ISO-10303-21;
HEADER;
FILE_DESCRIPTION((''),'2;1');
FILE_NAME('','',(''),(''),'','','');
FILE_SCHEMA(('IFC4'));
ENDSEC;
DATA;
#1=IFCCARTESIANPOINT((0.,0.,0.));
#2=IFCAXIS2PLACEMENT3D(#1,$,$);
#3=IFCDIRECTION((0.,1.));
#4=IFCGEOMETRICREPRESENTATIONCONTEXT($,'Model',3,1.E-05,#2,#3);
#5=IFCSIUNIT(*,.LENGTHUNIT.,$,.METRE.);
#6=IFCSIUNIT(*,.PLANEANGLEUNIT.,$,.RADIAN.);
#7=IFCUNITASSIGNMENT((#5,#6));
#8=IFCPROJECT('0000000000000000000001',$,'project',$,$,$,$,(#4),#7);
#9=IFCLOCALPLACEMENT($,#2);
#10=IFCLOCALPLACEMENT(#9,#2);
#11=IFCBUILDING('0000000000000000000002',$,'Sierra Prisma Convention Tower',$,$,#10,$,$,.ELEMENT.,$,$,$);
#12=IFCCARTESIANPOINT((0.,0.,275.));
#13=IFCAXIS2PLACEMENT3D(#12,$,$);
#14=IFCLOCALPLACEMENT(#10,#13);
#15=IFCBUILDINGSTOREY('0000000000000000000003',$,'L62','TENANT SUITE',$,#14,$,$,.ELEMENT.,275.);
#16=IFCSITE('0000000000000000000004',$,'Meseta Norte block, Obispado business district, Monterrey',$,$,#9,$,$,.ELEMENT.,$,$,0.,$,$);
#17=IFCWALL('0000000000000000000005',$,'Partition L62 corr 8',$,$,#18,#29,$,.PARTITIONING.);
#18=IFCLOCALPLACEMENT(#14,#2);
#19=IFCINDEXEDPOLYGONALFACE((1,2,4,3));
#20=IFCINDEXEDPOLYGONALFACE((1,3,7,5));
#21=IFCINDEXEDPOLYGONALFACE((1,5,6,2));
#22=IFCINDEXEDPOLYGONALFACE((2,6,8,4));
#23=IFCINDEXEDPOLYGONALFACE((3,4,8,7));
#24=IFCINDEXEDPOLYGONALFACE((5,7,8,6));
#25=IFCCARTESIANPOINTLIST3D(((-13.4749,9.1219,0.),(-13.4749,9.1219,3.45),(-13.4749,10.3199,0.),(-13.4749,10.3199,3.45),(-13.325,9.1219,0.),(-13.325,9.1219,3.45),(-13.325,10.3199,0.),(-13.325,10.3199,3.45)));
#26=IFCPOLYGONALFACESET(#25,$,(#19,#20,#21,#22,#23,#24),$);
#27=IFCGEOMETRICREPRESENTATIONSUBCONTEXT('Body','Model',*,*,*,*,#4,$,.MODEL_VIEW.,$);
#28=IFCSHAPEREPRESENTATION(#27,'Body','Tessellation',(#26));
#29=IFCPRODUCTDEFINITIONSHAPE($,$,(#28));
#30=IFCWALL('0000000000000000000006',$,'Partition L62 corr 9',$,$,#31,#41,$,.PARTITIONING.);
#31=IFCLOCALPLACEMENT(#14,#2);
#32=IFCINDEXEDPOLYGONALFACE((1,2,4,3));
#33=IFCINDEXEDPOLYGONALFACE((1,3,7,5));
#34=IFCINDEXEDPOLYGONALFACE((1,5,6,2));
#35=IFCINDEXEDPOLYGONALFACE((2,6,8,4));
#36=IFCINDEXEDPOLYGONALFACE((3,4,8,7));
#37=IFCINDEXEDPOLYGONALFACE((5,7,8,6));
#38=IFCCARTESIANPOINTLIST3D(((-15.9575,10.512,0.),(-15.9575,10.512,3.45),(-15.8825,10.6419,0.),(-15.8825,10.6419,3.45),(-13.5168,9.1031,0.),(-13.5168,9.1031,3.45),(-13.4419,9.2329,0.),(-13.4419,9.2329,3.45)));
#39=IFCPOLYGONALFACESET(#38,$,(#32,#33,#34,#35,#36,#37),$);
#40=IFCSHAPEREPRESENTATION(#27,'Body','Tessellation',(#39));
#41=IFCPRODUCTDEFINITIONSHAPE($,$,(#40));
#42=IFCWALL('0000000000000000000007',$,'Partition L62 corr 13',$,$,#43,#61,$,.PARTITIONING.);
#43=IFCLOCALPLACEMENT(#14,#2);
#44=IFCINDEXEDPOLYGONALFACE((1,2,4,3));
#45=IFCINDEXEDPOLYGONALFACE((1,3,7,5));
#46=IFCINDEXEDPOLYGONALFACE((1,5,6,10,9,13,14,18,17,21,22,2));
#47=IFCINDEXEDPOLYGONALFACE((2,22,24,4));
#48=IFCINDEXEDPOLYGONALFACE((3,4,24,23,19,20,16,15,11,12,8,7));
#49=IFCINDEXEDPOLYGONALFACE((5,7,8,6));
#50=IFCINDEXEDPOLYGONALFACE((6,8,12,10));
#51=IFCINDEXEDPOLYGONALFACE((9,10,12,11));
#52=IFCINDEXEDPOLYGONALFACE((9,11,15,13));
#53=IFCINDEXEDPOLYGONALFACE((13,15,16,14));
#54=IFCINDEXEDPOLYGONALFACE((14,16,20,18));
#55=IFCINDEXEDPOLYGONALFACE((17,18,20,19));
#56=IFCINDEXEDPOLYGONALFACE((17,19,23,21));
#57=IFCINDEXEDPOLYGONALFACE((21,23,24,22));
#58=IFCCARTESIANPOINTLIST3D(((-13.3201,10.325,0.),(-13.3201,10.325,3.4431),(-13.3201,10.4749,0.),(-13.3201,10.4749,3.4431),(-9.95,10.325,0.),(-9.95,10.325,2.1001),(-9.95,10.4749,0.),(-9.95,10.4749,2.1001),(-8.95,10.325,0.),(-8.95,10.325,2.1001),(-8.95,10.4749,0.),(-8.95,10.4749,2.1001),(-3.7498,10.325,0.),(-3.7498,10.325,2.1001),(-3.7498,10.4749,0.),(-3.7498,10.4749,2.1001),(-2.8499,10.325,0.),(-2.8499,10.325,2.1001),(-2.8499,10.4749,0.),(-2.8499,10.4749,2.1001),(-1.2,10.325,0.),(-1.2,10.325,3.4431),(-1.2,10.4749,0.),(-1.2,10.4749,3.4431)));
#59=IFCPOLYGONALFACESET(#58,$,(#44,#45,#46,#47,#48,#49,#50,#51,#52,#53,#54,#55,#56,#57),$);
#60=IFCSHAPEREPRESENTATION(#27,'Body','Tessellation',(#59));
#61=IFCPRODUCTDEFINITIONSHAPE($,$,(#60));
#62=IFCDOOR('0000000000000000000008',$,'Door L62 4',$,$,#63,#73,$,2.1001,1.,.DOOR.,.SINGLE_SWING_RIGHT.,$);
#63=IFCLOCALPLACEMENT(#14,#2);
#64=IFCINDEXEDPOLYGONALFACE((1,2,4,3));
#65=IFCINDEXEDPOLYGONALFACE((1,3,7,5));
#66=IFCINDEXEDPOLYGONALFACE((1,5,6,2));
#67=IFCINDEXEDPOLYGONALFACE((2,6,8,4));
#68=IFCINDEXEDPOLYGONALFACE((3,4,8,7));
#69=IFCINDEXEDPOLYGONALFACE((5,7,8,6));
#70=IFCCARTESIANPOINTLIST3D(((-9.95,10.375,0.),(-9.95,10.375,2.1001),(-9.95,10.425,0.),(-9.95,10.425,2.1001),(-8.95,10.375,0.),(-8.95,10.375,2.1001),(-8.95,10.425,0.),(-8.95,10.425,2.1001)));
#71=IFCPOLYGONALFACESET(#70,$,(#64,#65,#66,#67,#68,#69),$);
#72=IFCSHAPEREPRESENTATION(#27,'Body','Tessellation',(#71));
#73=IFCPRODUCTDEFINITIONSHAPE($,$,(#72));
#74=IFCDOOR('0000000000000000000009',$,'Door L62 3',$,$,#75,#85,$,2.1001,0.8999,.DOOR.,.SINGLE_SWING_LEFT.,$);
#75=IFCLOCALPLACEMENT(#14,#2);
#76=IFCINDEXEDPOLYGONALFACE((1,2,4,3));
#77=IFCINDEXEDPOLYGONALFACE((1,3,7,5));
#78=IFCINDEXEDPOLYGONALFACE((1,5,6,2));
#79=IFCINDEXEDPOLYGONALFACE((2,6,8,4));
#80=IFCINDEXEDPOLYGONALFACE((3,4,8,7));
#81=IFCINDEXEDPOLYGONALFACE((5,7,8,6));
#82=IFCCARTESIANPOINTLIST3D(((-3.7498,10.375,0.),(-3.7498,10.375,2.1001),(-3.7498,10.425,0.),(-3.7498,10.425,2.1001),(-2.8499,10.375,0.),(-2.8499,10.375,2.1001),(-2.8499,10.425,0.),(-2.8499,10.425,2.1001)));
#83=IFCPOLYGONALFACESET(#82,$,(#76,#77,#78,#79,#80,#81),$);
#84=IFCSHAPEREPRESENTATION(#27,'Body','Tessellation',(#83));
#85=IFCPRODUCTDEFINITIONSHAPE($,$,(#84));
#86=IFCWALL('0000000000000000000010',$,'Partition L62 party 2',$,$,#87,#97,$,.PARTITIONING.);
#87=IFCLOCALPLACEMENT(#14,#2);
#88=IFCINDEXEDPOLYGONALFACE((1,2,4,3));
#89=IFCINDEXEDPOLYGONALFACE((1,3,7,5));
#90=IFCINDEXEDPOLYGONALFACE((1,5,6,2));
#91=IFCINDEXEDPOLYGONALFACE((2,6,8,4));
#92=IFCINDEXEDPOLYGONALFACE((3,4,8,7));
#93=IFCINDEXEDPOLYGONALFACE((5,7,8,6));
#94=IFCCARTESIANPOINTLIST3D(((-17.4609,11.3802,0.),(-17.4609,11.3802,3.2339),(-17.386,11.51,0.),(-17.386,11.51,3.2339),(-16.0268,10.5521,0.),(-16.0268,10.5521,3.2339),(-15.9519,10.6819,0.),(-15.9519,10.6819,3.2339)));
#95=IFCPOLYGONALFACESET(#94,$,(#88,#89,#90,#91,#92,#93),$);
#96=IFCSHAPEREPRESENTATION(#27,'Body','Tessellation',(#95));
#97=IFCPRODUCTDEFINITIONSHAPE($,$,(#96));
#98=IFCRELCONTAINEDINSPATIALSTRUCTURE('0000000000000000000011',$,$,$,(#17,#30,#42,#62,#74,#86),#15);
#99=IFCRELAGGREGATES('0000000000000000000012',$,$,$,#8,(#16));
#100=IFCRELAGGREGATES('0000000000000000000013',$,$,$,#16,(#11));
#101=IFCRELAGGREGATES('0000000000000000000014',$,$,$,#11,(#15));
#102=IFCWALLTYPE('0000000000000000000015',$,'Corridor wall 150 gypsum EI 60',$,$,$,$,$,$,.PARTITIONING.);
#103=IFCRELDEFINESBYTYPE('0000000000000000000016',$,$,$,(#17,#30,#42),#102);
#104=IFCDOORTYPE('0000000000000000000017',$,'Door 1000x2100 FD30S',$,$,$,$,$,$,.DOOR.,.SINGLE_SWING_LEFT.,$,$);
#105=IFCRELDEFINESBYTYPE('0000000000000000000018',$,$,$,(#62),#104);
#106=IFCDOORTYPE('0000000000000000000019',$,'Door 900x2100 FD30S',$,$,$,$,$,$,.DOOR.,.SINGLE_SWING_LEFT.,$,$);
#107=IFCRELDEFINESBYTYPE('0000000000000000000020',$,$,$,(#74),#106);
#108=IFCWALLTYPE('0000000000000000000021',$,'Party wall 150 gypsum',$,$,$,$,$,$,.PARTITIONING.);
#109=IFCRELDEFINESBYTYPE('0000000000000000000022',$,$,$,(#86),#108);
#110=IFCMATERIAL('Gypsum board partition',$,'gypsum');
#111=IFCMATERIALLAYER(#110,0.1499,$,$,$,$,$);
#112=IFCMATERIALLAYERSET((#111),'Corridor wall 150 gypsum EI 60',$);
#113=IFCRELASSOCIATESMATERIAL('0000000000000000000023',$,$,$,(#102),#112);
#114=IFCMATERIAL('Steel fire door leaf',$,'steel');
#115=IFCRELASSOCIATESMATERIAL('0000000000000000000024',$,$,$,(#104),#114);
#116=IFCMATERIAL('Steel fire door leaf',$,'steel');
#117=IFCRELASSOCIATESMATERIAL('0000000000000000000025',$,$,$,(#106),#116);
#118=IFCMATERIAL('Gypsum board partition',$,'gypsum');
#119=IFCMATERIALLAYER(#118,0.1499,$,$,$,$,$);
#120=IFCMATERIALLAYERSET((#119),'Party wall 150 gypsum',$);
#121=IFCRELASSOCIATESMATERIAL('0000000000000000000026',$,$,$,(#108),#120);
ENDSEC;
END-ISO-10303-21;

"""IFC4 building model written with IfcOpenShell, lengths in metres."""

from ifc_helpers import new_model, si_unit, direction, frame, frame_2d, origin, place, context, subcontext, project, spatial, rectangle, extrude, material, layer, layer_set, type_object, element, fill, save


model = new_model("IFC4")

# Units and contexts
model_context = context("Model", 3, precision=1e-05, world=origin(), true_north=direction((0.0, 1.0)))
body_context = subcontext(model_context, "Body", "Model", "MODEL_VIEW")
ifc_project = project(units=[si_unit("LENGTHUNIT", "METRE"), si_unit("PLANEANGLEUNIT", "RADIAN")], contexts=[model_context])

# Site, building, storey
site_placement = place(None, origin())
site = spatial("IfcSite", under=ifc_project, at=site_placement, Name="Meseta Norte block, Obispado business district, Monterrey", CompositionType="ELEMENT", RefElevation=0.0)
building_placement = place(site_placement, origin())
building = spatial("IfcBuilding", under=site, at=building_placement, Name="Sierra Prisma Convention Tower", CompositionType="ELEMENT")
storey_placement = place(building_placement, frame((0.0, 0.0, 275.0)))
storey = spatial("IfcBuildingStorey", under=building, at=storey_placement, Name="L62", Description="TENANT SUITE", CompositionType="ELEMENT", Elevation=275.0)

# Walls
ifc_material_1 = material(Name="Gypsum board partition", Category="gypsum")
ifc_layer_1 = layer(ifc_material_1, 0.1499)
ifc_layer_set_1 = layer_set([ifc_layer_1], Name="Corridor wall 150 gypsum EI 60")
wall_type_1 = type_object("IfcWallType", Name="Corridor wall 150 gypsum EI 60", PredefinedType="PARTITIONING", material=ifc_layer_set_1)
wall_1_placement = place(storey_placement, frame((-13.3999, 10.3201, 0.0), z_axis=(0.0, 0.0, 1.0), x_axis=(0.0, -1.0, 0.0)))
element("IfcWall", 1, at=wall_1_placement, inside=storey, type_object=wall_type_1, Name="Partition L62 corr 8", PredefinedType="PARTITIONING", context=body_context, shape_type="SweptSolid", body=[
    extrude(rectangle(XDim=1.198, YDim=0.1499, at=frame_2d((0.5991, 0.0))), origin(), (0.0, 0.0, 1.0), 3.45),
])
wall_2_placement = place(storey_placement, frame((-13.4792, 9.168, 0.0), z_axis=(0.0, 0.0, 1.0), x_axis=(-0.866054, 0.49995, 0.0)))
element("IfcWall", 2, at=wall_2_placement, inside=storey, type_object=wall_type_1, Name="Partition L62 corr 9", PredefinedType="PARTITIONING", context=body_context, shape_type="SweptSolid", body=[
    extrude(rectangle(XDim=2.8181, YDim=0.1499, at=frame_2d((1.4092, 0.0))), origin(), (0.0, 0.0, 1.0), 3.45),
])

# Wall, openings, doors
wall_3_placement = place(storey_placement, frame((-1.2, 10.3999, 0.0), z_axis=(0.0, 0.0, 1.0), x_axis=(-1.0, 0.0, 0.0)))
wall_3 = element("IfcWall", 3, at=wall_3_placement, inside=storey, type_object=wall_type_1, Name="Partition L62 corr 13", PredefinedType="PARTITIONING", context=body_context, shape_type="SweptSolid", body=[
    extrude(rectangle(XDim=12.1201, YDim=0.1499, at=frame_2d((6.0601, 0.0))), origin(), (0.0, 0.0, 1.0), 3.4431),
])
opening_1_placement = place(wall_3_placement, frame((1.6499, 0.0, 0.0)))
opening_1 = element("IfcOpeningElement", 4, at=opening_1_placement, cuts=wall_3, PredefinedType="OPENING", context=body_context, shape_type="SweptSolid", body=[
    extrude(rectangle(XDim=0.8999, YDim=2.1001, at=frame_2d((0.45, 1.05))), frame((0.0, 0.075, 0.0), z_axis=(0.0, -1.0, 0.0), x_axis=(1.0, 0.0, 0.0)), (0.0, 0.0, 1.0), 0.1499),
])
opening_2_placement = place(wall_3_placement, frame((7.75, 0.0, 0.0)))
opening_2 = element("IfcOpeningElement", 5, at=opening_2_placement, cuts=wall_3, PredefinedType="OPENING", context=body_context, shape_type="SweptSolid", body=[
    extrude(rectangle(XDim=1.0, YDim=2.1001, at=frame_2d((0.5, 1.05))), frame((0.0, 0.075, 0.0), z_axis=(0.0, -1.0, 0.0), x_axis=(1.0, 0.0, 0.0)), (0.0, 0.0, 1.0), 0.1499),
])
ifc_material_2 = material(Name="Steel fire door leaf", Category="steel")
door_type_1 = type_object("IfcDoorType", Name="Door 1000x2100 FD30S", OperationType="SINGLE_SWING_LEFT", PredefinedType="DOOR", material=ifc_material_2)
door_1_placement = place(opening_2_placement, origin())
door_1 = element("IfcDoor", 6, at=door_1_placement, inside=storey, type_object=door_type_1, Name="Door L62 4", OperationType="SINGLE_SWING_RIGHT", OverallHeight=2.1001, OverallWidth=1.0, PredefinedType="DOOR", context=body_context, shape_type="SweptSolid", body=[
    extrude(rectangle(XDim=1.0, YDim=2.1001, at=frame_2d((0.5, 1.05))), frame((0.0, 0.0249, 0.0), z_axis=(0.0, -1.0, 0.0), x_axis=(1.0, 0.0, 0.0)), (0.0, 0.0, 1.0), 0.05),
])
fill(opening_2, door_1)
ifc_material_3 = material(Name="Steel fire door leaf", Category="steel")
door_type_2 = type_object("IfcDoorType", Name="Door 900x2100 FD30S", OperationType="SINGLE_SWING_LEFT", PredefinedType="DOOR", material=ifc_material_3)
door_2_placement = place(opening_1_placement, origin())
door_2 = element("IfcDoor", 7, at=door_2_placement, inside=storey, type_object=door_type_2, Name="Door L62 3", OperationType="SINGLE_SWING_LEFT", OverallHeight=2.1001, OverallWidth=0.8999, PredefinedType="DOOR", context=body_context, shape_type="SweptSolid", body=[
    extrude(rectangle(XDim=0.8999, YDim=2.1001, at=frame_2d((0.45, 1.05))), frame((0.0, 0.0249, 0.0), z_axis=(0.0, -1.0, 0.0), x_axis=(1.0, 0.0, 0.0)), (0.0, 0.0, 1.0), 0.05),
])
fill(opening_1, door_2)

# Wall
ifc_material_4 = material(Name="Gypsum board partition", Category="gypsum")
ifc_layer_2 = layer(ifc_material_4, 0.1499)
ifc_layer_set_2 = layer_set([ifc_layer_2], Name="Party wall 150 gypsum")
wall_type_2 = type_object("IfcWallType", Name="Party wall 150 gypsum", PredefinedType="PARTITIONING", material=ifc_layer_set_2)
wall_4_placement = place(storey_placement, frame((-15.9893, 10.6169, 0.0), z_axis=(0.0, 0.0, 1.0), x_axis=(-0.865984, 0.500071, 0.0)))
element("IfcWall", 8, at=wall_4_placement, inside=storey, type_object=wall_type_2, Name="Partition L62 party 2", PredefinedType="PARTITIONING", context=body_context, shape_type="SweptSolid", body=[
    extrude(rectangle(XDim=1.656, YDim=0.1499, at=frame_2d((0.8281, 0.0))), origin(), (0.0, 0.0, 1.0), 3.2339),
])

save(model, "model.ifc")
